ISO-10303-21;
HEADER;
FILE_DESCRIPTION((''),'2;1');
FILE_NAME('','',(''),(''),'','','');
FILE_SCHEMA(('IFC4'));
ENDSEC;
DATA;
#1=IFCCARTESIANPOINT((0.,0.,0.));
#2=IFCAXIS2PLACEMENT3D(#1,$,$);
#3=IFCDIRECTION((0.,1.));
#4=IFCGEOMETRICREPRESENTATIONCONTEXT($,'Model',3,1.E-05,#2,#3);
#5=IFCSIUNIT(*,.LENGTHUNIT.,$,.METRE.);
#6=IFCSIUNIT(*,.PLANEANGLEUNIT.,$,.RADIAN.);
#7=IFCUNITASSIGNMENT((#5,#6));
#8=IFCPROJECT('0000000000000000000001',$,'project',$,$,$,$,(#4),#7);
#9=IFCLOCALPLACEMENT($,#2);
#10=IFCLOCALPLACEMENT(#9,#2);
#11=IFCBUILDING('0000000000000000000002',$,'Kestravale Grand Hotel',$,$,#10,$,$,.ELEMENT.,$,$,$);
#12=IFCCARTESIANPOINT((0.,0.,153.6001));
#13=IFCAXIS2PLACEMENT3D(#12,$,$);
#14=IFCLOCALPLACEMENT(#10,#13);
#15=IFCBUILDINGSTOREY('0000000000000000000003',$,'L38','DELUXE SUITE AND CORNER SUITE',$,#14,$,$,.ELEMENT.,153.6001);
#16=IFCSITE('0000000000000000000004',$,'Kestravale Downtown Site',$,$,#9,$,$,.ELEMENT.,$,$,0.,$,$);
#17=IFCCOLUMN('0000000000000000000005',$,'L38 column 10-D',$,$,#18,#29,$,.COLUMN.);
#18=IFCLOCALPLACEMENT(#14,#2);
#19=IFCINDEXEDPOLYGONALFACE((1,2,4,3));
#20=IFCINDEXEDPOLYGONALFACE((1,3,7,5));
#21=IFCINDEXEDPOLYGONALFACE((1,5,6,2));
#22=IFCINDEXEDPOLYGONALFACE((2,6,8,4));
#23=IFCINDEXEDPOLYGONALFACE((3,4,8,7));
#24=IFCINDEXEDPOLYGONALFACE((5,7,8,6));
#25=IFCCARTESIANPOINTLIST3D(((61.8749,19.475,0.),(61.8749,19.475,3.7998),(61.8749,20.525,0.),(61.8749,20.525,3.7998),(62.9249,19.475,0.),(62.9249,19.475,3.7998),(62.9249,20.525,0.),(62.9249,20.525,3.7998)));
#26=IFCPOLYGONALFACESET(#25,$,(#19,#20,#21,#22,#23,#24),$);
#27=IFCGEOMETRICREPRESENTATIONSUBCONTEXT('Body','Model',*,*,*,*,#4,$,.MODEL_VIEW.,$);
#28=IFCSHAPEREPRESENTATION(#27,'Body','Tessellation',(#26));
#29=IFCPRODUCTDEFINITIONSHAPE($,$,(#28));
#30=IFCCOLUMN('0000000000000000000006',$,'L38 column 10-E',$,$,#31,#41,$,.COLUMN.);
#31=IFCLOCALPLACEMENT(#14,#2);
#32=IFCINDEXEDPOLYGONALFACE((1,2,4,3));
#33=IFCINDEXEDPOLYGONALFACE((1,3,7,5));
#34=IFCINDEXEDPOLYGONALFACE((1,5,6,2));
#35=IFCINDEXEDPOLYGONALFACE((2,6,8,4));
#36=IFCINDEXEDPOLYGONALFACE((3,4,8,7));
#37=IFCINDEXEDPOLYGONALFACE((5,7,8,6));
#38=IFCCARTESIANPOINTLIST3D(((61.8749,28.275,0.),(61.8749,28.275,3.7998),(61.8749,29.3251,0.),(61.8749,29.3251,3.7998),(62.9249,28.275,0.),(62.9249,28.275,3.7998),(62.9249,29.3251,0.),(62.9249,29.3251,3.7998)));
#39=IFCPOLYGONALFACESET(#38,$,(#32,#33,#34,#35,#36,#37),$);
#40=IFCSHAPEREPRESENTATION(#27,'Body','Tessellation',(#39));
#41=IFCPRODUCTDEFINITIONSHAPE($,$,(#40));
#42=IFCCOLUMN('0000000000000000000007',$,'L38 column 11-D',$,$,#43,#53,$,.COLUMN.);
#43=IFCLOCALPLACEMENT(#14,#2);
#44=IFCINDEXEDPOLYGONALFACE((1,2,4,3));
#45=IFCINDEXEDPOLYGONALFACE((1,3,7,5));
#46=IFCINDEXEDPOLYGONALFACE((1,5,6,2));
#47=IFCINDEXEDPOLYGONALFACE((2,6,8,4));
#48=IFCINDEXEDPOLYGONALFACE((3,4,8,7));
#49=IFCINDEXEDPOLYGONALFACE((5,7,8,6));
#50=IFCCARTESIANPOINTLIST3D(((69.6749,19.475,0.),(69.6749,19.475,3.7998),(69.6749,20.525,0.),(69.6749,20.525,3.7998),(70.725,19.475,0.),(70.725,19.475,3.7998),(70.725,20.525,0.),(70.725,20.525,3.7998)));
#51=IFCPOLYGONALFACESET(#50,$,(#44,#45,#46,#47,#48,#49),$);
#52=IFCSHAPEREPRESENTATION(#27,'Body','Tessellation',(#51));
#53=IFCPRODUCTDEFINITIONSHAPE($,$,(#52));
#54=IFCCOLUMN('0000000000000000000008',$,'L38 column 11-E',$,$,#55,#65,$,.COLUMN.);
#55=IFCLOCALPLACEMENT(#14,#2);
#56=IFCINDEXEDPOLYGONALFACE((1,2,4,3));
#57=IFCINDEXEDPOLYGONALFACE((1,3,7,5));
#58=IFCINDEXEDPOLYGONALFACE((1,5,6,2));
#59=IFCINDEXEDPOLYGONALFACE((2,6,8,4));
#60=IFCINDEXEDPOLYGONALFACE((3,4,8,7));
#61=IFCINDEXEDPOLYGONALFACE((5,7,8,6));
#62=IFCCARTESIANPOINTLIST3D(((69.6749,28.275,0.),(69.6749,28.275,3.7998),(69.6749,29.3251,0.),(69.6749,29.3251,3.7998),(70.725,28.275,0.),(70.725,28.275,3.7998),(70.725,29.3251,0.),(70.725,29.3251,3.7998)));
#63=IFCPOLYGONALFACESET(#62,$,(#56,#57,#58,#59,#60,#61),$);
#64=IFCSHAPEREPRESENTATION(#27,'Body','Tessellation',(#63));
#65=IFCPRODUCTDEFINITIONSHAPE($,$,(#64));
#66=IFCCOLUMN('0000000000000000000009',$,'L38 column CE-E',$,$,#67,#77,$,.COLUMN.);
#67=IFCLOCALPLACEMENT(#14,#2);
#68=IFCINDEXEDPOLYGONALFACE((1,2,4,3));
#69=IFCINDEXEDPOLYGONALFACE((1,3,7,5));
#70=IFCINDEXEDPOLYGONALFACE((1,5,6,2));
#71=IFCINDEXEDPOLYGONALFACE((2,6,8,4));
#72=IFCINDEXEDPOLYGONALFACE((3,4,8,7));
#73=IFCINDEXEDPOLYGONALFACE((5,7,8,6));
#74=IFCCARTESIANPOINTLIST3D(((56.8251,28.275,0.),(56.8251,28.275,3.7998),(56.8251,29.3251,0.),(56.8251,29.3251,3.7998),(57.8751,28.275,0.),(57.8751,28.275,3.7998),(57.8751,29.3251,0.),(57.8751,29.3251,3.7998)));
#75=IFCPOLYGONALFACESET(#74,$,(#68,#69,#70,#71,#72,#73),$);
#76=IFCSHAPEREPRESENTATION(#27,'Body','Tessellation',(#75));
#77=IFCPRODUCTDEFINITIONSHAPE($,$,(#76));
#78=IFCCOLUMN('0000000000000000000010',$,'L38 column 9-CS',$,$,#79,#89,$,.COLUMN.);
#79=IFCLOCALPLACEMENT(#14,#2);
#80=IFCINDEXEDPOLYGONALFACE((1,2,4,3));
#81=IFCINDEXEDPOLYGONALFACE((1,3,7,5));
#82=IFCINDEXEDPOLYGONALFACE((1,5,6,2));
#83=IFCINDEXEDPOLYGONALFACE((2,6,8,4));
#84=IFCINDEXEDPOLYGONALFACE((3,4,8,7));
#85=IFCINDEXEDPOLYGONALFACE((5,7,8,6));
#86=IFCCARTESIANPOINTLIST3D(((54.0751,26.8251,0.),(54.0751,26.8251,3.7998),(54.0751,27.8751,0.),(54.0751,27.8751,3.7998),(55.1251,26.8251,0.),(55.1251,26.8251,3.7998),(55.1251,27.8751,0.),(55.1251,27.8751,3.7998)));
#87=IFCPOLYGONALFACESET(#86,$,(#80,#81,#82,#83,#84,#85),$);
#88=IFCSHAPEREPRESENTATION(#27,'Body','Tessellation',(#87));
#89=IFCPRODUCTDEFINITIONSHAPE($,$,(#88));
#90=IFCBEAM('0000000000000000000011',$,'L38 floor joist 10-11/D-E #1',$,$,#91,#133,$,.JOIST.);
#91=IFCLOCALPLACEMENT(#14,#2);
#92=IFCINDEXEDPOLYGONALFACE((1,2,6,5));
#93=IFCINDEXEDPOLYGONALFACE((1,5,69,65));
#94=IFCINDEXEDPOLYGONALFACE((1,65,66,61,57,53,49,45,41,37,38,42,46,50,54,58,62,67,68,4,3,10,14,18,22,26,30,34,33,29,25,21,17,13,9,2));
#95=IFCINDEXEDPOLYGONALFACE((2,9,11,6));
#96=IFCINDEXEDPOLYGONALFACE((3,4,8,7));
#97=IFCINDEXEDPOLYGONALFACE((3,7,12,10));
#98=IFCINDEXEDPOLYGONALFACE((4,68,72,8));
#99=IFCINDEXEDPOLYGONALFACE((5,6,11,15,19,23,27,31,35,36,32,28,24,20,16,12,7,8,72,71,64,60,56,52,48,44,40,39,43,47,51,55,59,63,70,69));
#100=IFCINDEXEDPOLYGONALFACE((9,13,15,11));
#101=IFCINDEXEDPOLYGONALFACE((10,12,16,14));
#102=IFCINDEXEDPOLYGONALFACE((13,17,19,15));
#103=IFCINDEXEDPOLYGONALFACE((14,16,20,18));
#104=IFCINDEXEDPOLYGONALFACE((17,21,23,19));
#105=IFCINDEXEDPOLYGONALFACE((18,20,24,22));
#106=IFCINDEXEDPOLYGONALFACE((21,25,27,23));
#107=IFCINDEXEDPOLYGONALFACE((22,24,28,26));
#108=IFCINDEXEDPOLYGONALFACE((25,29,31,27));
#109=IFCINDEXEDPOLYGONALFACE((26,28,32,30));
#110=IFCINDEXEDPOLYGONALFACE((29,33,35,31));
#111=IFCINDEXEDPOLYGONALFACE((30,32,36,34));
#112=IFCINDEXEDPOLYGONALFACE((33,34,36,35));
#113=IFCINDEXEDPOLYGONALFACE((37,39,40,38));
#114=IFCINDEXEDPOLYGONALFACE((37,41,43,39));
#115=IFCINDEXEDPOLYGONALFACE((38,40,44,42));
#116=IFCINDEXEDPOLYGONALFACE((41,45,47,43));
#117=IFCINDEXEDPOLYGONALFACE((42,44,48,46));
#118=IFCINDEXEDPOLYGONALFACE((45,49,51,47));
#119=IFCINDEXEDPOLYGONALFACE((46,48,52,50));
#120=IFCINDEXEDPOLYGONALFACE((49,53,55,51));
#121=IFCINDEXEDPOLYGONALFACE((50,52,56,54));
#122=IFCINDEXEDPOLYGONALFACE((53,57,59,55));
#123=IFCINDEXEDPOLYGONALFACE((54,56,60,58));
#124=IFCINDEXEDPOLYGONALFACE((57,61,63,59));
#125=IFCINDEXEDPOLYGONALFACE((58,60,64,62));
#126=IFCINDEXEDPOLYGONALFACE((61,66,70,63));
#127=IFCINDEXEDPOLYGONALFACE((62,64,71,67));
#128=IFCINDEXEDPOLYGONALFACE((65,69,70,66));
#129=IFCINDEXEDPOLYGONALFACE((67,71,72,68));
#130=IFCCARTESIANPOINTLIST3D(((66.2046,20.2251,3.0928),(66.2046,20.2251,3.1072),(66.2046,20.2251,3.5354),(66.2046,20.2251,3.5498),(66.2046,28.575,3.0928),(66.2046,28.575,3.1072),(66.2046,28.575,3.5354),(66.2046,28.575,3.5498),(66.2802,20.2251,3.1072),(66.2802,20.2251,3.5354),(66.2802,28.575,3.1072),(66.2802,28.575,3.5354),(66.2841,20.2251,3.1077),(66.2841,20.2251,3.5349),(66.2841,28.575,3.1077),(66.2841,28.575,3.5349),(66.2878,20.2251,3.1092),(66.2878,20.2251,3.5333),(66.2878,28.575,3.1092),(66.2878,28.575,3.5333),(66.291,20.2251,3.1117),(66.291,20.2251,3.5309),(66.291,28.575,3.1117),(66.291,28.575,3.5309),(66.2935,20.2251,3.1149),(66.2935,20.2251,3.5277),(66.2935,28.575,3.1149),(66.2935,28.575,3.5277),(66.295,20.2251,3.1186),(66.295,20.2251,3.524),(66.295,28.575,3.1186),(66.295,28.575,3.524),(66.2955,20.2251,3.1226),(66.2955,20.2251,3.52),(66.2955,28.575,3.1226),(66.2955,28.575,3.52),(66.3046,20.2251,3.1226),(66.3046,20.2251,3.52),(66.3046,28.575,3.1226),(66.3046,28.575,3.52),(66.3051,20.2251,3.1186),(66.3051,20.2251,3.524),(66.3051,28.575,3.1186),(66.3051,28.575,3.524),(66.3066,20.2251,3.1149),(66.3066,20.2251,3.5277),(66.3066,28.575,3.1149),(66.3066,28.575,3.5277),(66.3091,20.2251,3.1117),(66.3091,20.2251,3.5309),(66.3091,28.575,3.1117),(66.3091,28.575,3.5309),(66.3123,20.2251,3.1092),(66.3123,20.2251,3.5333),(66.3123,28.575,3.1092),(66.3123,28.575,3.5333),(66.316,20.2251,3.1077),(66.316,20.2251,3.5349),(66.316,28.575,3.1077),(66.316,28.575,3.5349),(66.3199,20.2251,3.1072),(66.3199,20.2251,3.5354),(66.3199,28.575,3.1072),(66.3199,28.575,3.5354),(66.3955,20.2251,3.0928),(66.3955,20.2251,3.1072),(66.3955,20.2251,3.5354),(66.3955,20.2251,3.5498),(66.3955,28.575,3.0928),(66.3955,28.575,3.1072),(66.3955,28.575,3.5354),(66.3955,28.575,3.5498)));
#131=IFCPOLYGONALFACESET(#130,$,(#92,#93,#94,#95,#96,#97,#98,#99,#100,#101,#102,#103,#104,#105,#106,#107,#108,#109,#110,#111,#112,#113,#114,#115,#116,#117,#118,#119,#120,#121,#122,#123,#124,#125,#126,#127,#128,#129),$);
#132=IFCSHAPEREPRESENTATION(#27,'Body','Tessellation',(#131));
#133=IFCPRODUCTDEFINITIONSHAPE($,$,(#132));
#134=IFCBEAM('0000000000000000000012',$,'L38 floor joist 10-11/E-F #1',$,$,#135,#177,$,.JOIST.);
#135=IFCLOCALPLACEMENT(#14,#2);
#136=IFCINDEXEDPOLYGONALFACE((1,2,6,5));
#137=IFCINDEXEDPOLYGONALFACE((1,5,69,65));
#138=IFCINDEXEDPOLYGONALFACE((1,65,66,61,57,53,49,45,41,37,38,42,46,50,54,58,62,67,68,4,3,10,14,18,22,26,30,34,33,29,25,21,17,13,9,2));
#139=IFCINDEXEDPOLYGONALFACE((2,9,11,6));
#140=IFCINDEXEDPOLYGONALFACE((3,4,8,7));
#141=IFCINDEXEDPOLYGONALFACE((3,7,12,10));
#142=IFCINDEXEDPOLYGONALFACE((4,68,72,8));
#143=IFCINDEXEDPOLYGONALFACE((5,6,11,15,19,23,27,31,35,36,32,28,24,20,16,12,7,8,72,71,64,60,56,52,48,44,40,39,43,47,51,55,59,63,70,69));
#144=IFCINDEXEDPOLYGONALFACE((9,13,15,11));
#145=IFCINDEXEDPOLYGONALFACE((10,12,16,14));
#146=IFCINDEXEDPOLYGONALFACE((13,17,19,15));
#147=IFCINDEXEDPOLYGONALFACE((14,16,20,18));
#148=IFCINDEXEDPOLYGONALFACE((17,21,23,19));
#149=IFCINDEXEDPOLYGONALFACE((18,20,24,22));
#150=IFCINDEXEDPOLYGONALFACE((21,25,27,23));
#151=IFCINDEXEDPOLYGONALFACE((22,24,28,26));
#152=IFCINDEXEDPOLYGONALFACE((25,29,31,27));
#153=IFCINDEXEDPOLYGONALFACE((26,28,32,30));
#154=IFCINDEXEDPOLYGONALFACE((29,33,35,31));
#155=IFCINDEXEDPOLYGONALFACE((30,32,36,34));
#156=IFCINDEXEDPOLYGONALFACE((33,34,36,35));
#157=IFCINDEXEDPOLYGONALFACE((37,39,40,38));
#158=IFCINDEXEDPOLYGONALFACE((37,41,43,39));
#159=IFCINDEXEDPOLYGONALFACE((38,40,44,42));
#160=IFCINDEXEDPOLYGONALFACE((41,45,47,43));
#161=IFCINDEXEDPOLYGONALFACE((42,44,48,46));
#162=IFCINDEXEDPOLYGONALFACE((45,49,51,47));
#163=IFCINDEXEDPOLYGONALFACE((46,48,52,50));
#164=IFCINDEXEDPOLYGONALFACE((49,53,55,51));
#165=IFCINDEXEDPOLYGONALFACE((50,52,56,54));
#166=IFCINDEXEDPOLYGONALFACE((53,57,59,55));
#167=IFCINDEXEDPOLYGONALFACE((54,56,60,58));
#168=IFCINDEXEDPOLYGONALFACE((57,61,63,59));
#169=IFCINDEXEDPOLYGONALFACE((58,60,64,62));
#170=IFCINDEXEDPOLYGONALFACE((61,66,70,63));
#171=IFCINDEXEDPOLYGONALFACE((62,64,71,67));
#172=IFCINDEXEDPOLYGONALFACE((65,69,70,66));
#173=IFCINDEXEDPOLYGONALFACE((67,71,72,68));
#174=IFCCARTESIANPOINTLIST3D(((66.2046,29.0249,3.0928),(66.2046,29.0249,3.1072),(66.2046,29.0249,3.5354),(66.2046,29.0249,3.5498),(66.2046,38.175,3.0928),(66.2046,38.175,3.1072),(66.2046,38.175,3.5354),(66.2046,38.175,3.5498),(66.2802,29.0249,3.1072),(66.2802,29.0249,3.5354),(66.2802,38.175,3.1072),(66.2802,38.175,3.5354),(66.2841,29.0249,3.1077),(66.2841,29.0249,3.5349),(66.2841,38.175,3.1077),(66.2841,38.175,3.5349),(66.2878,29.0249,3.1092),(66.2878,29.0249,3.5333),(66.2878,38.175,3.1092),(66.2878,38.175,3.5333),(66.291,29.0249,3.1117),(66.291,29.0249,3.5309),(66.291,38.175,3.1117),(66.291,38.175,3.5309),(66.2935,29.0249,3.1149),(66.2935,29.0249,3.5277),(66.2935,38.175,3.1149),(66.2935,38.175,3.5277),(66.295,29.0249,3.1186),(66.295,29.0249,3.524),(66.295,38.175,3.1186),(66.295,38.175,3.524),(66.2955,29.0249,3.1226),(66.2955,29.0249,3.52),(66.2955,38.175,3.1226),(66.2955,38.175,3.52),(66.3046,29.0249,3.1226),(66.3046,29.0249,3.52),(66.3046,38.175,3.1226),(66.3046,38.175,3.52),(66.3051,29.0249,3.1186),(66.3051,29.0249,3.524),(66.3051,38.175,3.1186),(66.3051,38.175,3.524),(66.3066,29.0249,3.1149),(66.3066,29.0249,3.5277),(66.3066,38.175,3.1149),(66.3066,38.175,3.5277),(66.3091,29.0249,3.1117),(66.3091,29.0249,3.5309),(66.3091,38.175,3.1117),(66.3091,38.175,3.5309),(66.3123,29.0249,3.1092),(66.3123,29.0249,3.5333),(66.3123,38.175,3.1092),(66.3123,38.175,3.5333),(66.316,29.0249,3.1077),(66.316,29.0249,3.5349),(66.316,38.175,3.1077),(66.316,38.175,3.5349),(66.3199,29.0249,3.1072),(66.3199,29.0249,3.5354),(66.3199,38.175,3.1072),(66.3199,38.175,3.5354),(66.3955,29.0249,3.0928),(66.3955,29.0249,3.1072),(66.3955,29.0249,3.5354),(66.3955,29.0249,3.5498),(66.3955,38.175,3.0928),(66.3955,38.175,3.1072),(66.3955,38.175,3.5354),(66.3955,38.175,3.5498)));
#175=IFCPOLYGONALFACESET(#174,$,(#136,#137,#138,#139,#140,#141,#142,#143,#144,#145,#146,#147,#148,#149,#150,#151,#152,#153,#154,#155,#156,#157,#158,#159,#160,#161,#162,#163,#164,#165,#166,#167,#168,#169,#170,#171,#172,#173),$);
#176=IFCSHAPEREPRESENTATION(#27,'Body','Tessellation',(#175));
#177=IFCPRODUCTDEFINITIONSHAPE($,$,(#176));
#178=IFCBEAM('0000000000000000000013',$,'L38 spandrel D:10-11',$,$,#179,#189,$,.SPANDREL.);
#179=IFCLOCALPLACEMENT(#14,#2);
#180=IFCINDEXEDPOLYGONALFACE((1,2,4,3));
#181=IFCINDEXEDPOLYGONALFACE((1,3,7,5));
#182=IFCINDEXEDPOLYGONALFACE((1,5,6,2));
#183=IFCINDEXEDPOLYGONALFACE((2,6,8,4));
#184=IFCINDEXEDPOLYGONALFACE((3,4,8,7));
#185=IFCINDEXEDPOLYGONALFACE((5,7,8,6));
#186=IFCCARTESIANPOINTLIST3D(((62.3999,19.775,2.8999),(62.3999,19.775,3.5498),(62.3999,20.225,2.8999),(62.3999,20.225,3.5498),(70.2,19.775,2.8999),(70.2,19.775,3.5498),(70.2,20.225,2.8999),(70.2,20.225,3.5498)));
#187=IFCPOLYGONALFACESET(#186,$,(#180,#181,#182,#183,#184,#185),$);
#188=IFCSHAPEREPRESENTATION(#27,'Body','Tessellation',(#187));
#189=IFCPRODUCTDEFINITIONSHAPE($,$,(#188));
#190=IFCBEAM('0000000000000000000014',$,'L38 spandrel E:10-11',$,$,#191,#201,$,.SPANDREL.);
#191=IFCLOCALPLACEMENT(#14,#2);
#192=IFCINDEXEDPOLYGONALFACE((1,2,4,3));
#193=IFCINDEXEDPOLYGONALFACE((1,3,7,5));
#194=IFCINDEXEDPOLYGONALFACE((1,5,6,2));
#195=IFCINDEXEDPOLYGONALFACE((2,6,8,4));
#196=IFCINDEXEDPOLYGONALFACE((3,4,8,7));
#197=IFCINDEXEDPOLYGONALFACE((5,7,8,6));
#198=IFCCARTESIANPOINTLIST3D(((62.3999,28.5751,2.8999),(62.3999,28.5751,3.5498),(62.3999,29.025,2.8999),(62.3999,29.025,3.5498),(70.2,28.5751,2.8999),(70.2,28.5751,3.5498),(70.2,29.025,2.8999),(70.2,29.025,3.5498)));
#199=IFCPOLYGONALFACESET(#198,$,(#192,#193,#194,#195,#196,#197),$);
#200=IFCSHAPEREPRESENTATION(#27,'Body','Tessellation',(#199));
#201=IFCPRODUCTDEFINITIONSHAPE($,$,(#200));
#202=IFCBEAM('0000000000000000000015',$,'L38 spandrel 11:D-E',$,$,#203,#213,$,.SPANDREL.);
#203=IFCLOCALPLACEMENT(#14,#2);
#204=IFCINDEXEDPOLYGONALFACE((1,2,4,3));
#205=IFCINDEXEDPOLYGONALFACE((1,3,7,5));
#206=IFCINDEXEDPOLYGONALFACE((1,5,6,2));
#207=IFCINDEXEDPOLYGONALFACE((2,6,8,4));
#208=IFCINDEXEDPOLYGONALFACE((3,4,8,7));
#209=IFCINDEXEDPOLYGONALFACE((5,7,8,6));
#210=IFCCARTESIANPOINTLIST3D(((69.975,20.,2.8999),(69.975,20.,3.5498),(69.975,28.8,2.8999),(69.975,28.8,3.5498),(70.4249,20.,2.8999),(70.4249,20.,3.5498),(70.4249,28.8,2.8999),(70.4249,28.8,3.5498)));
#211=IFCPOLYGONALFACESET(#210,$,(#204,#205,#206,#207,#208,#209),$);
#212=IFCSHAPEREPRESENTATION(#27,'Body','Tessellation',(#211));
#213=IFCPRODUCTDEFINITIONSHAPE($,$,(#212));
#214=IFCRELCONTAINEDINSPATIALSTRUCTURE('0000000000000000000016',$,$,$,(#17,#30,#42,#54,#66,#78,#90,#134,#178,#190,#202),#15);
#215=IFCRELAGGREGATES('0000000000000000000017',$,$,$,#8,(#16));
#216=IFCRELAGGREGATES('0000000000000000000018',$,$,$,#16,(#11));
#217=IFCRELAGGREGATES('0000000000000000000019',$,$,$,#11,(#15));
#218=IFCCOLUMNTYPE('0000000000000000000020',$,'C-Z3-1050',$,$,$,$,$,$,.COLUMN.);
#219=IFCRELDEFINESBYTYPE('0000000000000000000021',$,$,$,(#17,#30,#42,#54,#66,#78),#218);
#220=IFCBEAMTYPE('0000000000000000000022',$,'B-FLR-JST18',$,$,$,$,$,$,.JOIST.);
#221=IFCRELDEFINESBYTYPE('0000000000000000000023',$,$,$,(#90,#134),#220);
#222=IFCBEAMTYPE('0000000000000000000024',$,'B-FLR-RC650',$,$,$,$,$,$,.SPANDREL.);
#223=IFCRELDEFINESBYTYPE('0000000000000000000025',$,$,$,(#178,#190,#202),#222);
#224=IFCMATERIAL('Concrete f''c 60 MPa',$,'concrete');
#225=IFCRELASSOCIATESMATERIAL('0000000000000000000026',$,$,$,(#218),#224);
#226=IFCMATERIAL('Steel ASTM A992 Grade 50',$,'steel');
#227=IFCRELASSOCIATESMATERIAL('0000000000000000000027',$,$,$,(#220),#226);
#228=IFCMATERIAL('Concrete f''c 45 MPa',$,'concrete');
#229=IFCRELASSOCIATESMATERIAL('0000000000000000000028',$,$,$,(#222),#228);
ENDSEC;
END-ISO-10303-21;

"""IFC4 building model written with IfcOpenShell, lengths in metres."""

from ifc_helpers import new_model, si_unit, direction, frame, origin, origin_2d, place, context, subcontext, project, spatial, rectangle, i_section, extrude, material, material_profile, profile_set, type_object, element, save


model = new_model("IFC4")

# Units and contexts
model_context = context("Model", 3, precision=1e-05, world=origin(), true_north=direction((0.0, 1.0)))
body_context = subcontext(model_context, "Body", "Model", "MODEL_VIEW")
ifc_project = project(units=[si_unit("LENGTHUNIT", "METRE"), si_unit("PLANEANGLEUNIT", "RADIAN")], contexts=[model_context])

# Site, building, storey
site_placement = place(None, origin())
site = spatial("IfcSite", under=ifc_project, at=site_placement, Name="Kestravale Downtown Site", CompositionType="ELEMENT", RefElevation=0.0)
building_placement = place(site_placement, origin())
building = spatial("IfcBuilding", under=site, at=building_placement, Name="Kestravale Grand Hotel", CompositionType="ELEMENT")
storey_placement = place(building_placement, frame((0.0, 0.0, 153.6001)))
storey = spatial("IfcBuildingStorey", under=building, at=storey_placement, Name="L38", Description="DELUXE SUITE AND CORNER SUITE", CompositionType="ELEMENT", Elevation=153.6001)

# Columns
ifc_material_1 = material(Name="Concrete f'c 60 MPa", Category="concrete")
ifc_material_profile_1 = material_profile(ifc_material_1, rectangle(XDim=1.05, YDim=1.05, at=origin_2d()))
ifc_profile_set_1 = profile_set([ifc_material_profile_1], Name="Concrete f'c 60 MPa")
column_type = type_object("IfcColumnType", Name="C-Z3-1050", PredefinedType="COLUMN", material=ifc_profile_set_1)
for number, where, z_axis, x_axis, name in (
    (1, (62.3999, 20.0, 0.0), (0.0, 0.0, 1.0), (1.0, 0.0, 0.0), "L38 column 10-D"),
    (2, (62.3999, 28.8, 0.0), (0.0, 0.0, 1.0), (1.0, 0.0, 0.0), "L38 column 10-E"),
    (3, (70.2, 20.0, 0.0), (0.0, 0.0, 1.0), (1.0, 0.0, 0.0), "L38 column 11-D"),
    (4, (70.2, 28.8, 0.0), (0.0, 0.0, 1.0), (1.0, 0.0, 0.0), "L38 column 11-E"),
    (5, (57.3501, 28.8, 0.0), (0.0, 0.0, 1.0), (1.0, 0.0, 0.0), "L38 column CE-E"),
    (6, (54.6001, 27.3501, 0.0), (0.0, 0.0, 1.0), (1.0, 0.0, 0.0), "L38 column 9-CS"),
):
    element("IfcColumn", number, at=place(storey_placement, frame(where, z_axis=z_axis, x_axis=x_axis)), inside=storey, type_object=column_type, Name=name, PredefinedType="COLUMN", context=body_context, shape_type="SweptSolid", body=[
        extrude(rectangle(XDim=1.05, YDim=1.05, at=origin_2d()), origin(), (0.0, 0.0, 1.0), 3.7998),
    ])

# Beams
ifc_material_2 = material(Name="Steel ASTM A992 Grade 50", Category="steel")
ifc_material_profile_2 = material_profile(ifc_material_2, i_section(OverallWidth=0.1909, OverallDepth=0.457, WebThickness=0.009, FlangeThickness=0.0144, FilletRadius=0.0154, at=origin_2d()))
ifc_profile_set_2 = profile_set([ifc_material_profile_2], Name="Steel ASTM A992 Grade 50")
beam_type_1 = type_object("IfcBeamType", Name="B-FLR-JST18", PredefinedType="JOIST", material=ifc_profile_set_2)
beam_1_placement = place(storey_placement, frame((66.3, 20.2251, 3.3213), z_axis=(0.0, 1.0, 0.0), x_axis=(-1.0, 0.0, 0.0)))
element("IfcBeam", 7, at=beam_1_placement, inside=storey, type_object=beam_type_1, Name="L38 floor joist 10-11/D-E #1", PredefinedType="JOIST", context=body_context, shape_type="SweptSolid", body=[
    extrude(i_section(OverallWidth=0.1909, OverallDepth=0.457, WebThickness=0.009, FlangeThickness=0.0144, FilletRadius=0.0154, at=origin_2d()), origin(), (0.0, 0.0, 1.0), 8.3499),
])
beam_2_placement = place(storey_placement, frame((66.3, 29.0249, 3.3213), z_axis=(0.0, 1.0, 0.0), x_axis=(-1.0, 0.0, 0.0)))
element("IfcBeam", 8, at=beam_2_placement, inside=storey, type_object=beam_type_1, Name="L38 floor joist 10-11/E-F #1", PredefinedType="JOIST", context=body_context, shape_type="SweptSolid", body=[
    extrude(i_section(OverallWidth=0.1909, OverallDepth=0.457, WebThickness=0.009, FlangeThickness=0.0144, FilletRadius=0.0154, at=origin_2d()), origin(), (0.0, 0.0, 1.0), 9.1501),
])
ifc_material_3 = material(Name="Concrete f'c 45 MPa", Category="concrete")
ifc_material_profile_3 = material_profile(ifc_material_3, rectangle(XDim=0.45, YDim=0.6499, at=origin_2d()))
ifc_profile_set_3 = profile_set([ifc_material_profile_3], Name="Concrete f'c 45 MPa")
beam_type_2 = type_object("IfcBeamType", Name="B-FLR-RC650", PredefinedType="SPANDREL", material=ifc_profile_set_3)
for number, where, z_axis, x_axis, name in (
    (9, (62.3999, 20.0, 3.2249), (1.0, 0.0, 0.0), (0.0, 1.0, 0.0), "L38 spandrel D:10-11"),
    (10, (62.3999, 28.8, 3.2249), (1.0, 0.0, 0.0), (0.0, 1.0, 0.0), "L38 spandrel E:10-11"),
):
    element("IfcBeam", number, at=place(storey_placement, frame(where, z_axis=z_axis, x_axis=x_axis)), inside=storey, type_object=beam_type_2, Name=name, PredefinedType="SPANDREL", context=body_context, shape_type="SweptSolid", body=[
        extrude(rectangle(XDim=0.45, YDim=0.6499, at=origin_2d()), origin(), (0.0, 0.0, 1.0), 7.8),
    ])
beam_3_placement = place(storey_placement, frame((70.2, 20.0, 3.2249), z_axis=(0.0, 1.0, 0.0), x_axis=(-1.0, 0.0, 0.0)))
element("IfcBeam", 11, at=beam_3_placement, inside=storey, type_object=beam_type_2, Name="L38 spandrel 11:D-E", PredefinedType="SPANDREL", context=body_context, shape_type="SweptSolid", body=[
    extrude(rectangle(XDim=0.45, YDim=0.6499, at=origin_2d()), origin(), (0.0, 0.0, 1.0), 8.8),
])

save(model, "model.ifc")
